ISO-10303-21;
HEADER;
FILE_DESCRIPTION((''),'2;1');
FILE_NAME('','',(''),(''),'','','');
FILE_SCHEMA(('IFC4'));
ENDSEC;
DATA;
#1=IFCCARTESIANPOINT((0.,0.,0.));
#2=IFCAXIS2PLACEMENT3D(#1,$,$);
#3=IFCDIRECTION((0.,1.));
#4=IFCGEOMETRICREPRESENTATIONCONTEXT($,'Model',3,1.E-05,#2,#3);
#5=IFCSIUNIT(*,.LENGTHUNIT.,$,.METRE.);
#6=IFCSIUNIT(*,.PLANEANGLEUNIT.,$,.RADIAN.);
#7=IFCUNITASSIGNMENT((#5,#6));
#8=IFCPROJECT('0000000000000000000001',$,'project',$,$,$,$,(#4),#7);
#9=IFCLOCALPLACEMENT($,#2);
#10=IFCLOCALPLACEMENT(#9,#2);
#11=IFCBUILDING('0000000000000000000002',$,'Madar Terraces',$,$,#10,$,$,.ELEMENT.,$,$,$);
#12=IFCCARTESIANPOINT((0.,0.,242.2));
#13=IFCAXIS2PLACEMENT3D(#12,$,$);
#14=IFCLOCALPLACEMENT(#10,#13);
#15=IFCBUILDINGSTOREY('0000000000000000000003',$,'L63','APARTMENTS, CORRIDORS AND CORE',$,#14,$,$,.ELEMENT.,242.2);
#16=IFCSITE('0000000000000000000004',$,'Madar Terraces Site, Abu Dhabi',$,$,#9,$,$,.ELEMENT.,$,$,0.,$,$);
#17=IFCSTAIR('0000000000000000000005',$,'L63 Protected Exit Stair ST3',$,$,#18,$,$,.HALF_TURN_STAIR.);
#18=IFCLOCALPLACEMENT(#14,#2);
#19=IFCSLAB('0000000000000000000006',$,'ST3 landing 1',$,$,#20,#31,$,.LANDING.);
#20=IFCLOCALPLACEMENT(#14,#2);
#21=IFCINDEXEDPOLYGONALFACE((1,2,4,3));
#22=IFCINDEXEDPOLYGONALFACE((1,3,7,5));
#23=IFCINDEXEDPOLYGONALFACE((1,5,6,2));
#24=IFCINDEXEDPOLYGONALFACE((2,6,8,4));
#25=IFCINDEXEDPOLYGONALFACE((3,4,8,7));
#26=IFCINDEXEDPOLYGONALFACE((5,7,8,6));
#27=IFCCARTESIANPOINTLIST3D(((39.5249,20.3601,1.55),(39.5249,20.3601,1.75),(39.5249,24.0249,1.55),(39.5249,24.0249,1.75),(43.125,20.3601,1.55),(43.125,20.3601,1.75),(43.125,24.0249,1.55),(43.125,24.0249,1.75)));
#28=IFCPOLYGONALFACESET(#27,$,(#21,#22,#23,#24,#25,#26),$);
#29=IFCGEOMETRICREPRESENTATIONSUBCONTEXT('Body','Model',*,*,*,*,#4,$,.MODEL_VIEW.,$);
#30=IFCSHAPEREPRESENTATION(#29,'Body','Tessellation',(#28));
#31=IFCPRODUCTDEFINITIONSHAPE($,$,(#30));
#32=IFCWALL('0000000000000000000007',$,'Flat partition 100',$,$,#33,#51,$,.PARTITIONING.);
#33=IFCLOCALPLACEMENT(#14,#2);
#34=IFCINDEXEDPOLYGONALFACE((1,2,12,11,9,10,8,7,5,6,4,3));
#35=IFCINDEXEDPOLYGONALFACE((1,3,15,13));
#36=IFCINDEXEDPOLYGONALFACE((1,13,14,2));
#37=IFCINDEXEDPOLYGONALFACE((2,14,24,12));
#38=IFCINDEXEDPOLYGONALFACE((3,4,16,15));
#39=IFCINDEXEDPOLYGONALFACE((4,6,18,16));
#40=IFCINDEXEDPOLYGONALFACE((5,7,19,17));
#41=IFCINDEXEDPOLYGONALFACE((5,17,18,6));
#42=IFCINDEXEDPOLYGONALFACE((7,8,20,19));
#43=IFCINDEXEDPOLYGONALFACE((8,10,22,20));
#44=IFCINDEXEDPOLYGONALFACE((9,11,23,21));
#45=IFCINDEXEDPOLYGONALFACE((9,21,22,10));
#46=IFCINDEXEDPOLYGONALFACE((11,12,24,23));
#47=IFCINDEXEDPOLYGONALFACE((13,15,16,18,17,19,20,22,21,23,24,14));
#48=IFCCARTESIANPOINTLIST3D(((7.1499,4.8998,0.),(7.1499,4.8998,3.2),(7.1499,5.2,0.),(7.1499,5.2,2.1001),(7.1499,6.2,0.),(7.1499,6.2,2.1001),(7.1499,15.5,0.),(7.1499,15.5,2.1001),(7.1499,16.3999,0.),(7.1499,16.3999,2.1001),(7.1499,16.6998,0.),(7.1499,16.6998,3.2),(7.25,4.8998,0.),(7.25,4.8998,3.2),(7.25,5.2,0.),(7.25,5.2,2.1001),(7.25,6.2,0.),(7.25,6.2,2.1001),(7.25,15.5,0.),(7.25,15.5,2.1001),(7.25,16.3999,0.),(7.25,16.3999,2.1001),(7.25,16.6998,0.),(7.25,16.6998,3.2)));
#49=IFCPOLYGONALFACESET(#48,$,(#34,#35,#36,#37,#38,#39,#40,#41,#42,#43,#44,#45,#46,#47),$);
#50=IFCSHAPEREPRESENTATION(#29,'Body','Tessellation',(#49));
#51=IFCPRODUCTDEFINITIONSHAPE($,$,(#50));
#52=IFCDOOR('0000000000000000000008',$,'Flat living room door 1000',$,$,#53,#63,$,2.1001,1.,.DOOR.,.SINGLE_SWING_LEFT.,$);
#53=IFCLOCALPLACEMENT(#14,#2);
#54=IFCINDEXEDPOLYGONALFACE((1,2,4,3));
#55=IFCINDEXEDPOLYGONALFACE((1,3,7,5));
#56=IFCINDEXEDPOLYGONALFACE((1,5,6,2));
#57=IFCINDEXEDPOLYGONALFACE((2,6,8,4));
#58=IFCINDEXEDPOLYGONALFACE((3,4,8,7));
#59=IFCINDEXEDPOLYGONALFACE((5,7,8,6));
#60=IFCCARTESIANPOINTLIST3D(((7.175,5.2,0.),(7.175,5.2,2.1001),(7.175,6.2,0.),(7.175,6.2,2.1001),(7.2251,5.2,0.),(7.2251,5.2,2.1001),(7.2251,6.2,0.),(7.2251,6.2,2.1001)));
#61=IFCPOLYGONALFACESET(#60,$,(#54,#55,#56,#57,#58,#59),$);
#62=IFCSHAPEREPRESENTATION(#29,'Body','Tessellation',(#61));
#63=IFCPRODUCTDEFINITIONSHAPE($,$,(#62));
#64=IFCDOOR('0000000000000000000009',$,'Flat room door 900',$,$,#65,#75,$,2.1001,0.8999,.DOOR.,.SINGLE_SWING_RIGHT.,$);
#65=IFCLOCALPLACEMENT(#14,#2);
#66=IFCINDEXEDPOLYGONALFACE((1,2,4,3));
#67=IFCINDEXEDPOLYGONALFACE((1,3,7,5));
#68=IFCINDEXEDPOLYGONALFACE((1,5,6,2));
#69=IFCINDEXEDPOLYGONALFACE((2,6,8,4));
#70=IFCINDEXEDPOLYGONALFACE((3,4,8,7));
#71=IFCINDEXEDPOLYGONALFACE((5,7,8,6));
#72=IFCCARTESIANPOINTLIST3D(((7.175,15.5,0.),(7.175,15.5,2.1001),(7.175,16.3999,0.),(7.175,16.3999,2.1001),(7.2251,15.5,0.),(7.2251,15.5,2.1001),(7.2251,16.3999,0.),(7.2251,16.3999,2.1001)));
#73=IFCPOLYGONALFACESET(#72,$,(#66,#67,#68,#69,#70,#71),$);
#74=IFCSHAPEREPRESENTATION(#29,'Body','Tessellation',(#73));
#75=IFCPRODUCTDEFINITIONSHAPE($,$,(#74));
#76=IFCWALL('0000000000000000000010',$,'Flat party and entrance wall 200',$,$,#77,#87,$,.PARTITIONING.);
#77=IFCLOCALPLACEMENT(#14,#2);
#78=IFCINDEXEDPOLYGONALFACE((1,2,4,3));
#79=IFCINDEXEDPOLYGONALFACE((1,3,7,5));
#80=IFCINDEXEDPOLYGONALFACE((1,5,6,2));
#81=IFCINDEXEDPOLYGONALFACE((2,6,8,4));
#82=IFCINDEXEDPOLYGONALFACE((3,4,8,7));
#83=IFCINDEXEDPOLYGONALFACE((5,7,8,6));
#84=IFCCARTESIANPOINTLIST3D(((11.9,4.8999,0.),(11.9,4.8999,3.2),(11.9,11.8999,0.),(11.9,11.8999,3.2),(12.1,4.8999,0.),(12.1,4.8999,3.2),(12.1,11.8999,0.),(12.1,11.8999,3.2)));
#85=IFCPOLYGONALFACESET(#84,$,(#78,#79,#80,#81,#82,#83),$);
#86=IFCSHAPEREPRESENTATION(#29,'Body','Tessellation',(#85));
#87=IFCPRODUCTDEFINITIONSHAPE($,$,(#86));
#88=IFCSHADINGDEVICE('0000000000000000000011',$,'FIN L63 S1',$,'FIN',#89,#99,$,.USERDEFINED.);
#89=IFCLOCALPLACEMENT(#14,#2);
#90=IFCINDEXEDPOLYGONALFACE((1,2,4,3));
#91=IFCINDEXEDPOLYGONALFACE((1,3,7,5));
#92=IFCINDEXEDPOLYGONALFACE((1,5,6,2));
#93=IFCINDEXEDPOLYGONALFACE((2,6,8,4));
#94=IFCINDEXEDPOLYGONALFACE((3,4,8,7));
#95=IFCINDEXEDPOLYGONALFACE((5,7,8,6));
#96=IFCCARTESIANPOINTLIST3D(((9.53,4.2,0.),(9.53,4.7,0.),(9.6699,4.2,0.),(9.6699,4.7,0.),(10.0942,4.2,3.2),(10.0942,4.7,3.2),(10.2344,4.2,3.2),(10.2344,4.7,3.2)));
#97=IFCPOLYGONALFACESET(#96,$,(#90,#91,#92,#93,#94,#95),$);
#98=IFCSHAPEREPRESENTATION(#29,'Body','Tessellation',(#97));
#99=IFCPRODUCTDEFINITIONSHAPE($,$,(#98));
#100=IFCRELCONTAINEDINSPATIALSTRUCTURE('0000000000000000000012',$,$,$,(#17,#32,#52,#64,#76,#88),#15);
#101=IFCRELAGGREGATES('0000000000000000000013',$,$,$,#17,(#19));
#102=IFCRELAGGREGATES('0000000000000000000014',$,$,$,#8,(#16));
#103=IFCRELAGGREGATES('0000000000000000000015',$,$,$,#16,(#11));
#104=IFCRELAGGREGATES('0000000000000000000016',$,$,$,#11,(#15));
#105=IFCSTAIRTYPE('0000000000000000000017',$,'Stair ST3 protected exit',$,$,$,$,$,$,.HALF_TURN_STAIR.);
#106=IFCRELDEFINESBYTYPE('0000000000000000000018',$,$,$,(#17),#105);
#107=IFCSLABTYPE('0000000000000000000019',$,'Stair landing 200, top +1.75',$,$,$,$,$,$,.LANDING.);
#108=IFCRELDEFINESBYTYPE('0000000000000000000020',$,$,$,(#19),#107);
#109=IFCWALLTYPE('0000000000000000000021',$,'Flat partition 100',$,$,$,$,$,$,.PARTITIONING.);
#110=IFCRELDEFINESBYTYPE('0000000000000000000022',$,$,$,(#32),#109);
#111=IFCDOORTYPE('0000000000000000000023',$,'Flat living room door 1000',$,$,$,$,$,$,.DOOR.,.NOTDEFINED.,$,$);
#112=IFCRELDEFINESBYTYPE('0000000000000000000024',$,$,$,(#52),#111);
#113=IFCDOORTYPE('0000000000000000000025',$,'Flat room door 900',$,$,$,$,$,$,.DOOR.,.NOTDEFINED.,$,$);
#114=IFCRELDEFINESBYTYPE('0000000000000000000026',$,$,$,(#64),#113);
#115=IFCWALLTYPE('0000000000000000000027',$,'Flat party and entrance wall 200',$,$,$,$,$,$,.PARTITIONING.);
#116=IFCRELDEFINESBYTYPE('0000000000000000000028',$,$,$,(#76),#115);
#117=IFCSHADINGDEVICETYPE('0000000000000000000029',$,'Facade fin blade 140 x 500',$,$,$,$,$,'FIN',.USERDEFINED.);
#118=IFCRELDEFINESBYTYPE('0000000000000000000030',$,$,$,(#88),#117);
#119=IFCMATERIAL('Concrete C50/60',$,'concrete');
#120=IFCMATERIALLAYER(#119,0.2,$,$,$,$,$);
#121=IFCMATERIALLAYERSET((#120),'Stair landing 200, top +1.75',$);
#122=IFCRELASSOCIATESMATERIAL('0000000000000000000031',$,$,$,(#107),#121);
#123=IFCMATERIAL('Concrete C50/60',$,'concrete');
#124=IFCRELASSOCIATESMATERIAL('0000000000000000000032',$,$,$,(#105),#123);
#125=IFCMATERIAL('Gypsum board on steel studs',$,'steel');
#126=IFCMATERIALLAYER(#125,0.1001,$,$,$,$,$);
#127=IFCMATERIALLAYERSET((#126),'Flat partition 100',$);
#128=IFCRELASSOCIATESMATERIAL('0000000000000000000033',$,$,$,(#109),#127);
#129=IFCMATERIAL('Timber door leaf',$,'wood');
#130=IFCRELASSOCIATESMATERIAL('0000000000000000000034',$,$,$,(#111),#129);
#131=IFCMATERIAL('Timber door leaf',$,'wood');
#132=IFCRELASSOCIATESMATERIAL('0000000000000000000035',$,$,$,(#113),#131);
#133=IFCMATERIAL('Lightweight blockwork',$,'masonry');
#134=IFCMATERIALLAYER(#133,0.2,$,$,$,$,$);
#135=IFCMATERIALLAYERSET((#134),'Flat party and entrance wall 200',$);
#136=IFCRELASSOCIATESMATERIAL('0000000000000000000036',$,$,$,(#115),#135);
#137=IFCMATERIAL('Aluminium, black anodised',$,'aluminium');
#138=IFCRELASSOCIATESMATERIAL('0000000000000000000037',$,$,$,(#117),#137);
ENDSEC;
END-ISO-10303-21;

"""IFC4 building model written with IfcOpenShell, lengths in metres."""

from ifc_helpers import new_model, si_unit, direction, frame, frame_2d, origin, place, context, subcontext, project, spatial, polyline, rectangle, outline, extrude, material, layer, layer_set, type_object, element, fill, aggregate, save


model = new_model("IFC4")

# Units and contexts
model_context = context("Model", 3, precision=1e-05, world=origin(), true_north=direction((0.0, 1.0)))
body_context = subcontext(model_context, "Body", "Model", "MODEL_VIEW")
ifc_project = project(units=[si_unit("LENGTHUNIT", "METRE"), si_unit("PLANEANGLEUNIT", "RADIAN")], contexts=[model_context])

# Site, building, storey
site_placement = place(None, origin())
site = spatial("IfcSite", under=ifc_project, at=site_placement, Name="Madar Terraces Site, Abu Dhabi", CompositionType="ELEMENT", RefElevation=0.0)
building_placement = place(site_placement, origin())
building = spatial("IfcBuilding", under=site, at=building_placement, Name="Madar Terraces", CompositionType="ELEMENT")
storey_placement = place(building_placement, frame((0.0, 0.0, 242.2)))
storey = spatial("IfcBuildingStorey", under=building, at=storey_placement, Name="L63", Description="APARTMENTS, CORRIDORS AND CORE", CompositionType="ELEMENT", Elevation=242.2)

# Stair, slab
ifc_material_1 = material(Name="Concrete C50/60", Category="concrete")
ifc_layer_1 = layer(ifc_material_1, 0.2)
ifc_layer_set_1 = layer_set([ifc_layer_1], Name="Stair landing 200, top +1.75")
slab_type_1 = type_object("IfcSlabType", Name="Stair landing 200, top +1.75", PredefinedType="LANDING", material=ifc_layer_set_1)
ifc_material_2 = material(Name="Concrete C50/60", Category="concrete")
stair_type_1 = type_object("IfcStairType", Name="Stair ST3 protected exit", PredefinedType="HALF_TURN_STAIR", material=ifc_material_2)
stair_1_placement = place(storey_placement, origin())
stair_1 = element("IfcStair", 1, at=stair_1_placement, inside=storey, type_object=stair_type_1, Name="L63 Protected Exit Stair ST3", PredefinedType="HALF_TURN_STAIR")
slab_1_placement = place(storey_placement, frame((0.0, 0.0, 1.55)))
slab_1 = element("IfcSlab", 2, at=slab_1_placement, type_object=slab_type_1, Name="ST3 landing 1", PredefinedType="LANDING", context=body_context, shape_type="SweptSolid", body=[
    extrude(outline(polyline([(39.5249, 20.3601), (43.125, 20.3601), (43.125, 24.0249), (39.5249, 24.0249), (39.5249, 20.3601)])), origin(), (0.0, 0.0, 1.0), 0.2),
])
aggregate(stair_1, [slab_1])

# Wall, openings, doors
ifc_material_3 = material(Name="Gypsum board on steel studs", Category="steel")
ifc_layer_2 = layer(ifc_material_3, 0.1001)
ifc_layer_set_2 = layer_set([ifc_layer_2], Name="Flat partition 100")
wall_type_1 = type_object("IfcWallType", Name="Flat partition 100", PredefinedType="PARTITIONING", material=ifc_layer_set_2)
wall_1_placement = place(storey_placement, frame((7.2, 4.8999, 0.0), z_axis=(0.0, 0.0, 1.0), x_axis=(0.0, 1.0, 0.0)))
wall_1 = element("IfcWall", 3, at=wall_1_placement, inside=storey, type_object=wall_type_1, Name="Flat partition 100", PredefinedType="PARTITIONING", context=body_context, shape_type="SweptSolid", body=[
    extrude(rectangle(XDim=11.8, YDim=0.1001, at=frame_2d((5.8999, 0.0))), origin(), (0.0, 0.0, 1.0), 3.2),
])
opening_1_placement = place(wall_1_placement, frame((10.6001, 0.0, 0.0)))
opening_1 = element("IfcOpeningElement", 4, at=opening_1_placement, cuts=wall_1, PredefinedType="OPENING", context=body_context, shape_type="SweptSolid", body=[
    extrude(rectangle(XDim=0.8999, YDim=2.1001, at=frame_2d((0.45, 1.05))), frame((0.0, 0.0601, 0.0), z_axis=(0.0, -1.0, 0.0), x_axis=(1.0, 0.0, 0.0)), (0.0, 0.0, 1.0), 0.1201),
])
opening_2_placement = place(wall_1_placement, frame((0.3, 0.0, 0.0)))
opening_2 = element("IfcOpeningElement", 5, at=opening_2_placement, cuts=wall_1, PredefinedType="OPENING", context=body_context, shape_type="SweptSolid", body=[
    extrude(rectangle(XDim=1.0, YDim=2.1001, at=frame_2d((0.5, 1.05))), frame((0.0, 0.0601, 0.0), z_axis=(0.0, -1.0, 0.0), x_axis=(1.0, 0.0, 0.0)), (0.0, 0.0, 1.0), 0.1201),
])
ifc_material_4 = material(Name="Timber door leaf", Category="wood")
door_type_1 = type_object("IfcDoorType", Name="Flat living room door 1000", OperationType="NOTDEFINED", PredefinedType="DOOR", material=ifc_material_4)
door_1_placement = place(opening_2_placement, origin())
door_1 = element("IfcDoor", 6, at=door_1_placement, inside=storey, type_object=door_type_1, Name="Flat living room door 1000", OperationType="SINGLE_SWING_LEFT", OverallHeight=2.1001, OverallWidth=1.0, PredefinedType="DOOR", context=body_context, shape_type="SweptSolid", body=[
    extrude(rectangle(XDim=1.0, YDim=2.1001, at=frame_2d((0.5, 1.05))), frame((0.0, 0.0249, 0.0), z_axis=(0.0, -1.0, 0.0), x_axis=(1.0, 0.0, 0.0)), (0.0, 0.0, 1.0), 0.05),
])
fill(opening_2, door_1)
ifc_material_5 = material(Name="Timber door leaf", Category="wood")
door_type_2 = type_object("IfcDoorType", Name="Flat room door 900", OperationType="NOTDEFINED", PredefinedType="DOOR", material=ifc_material_5)
door_2_placement = place(opening_1_placement, origin())
door_2 = element("IfcDoor", 7, at=door_2_placement, inside=storey, type_object=door_type_2, Name="Flat room door 900", OperationType="SINGLE_SWING_RIGHT", OverallHeight=2.1001, OverallWidth=0.8999, PredefinedType="DOOR", context=body_context, shape_type="SweptSolid", body=[
    extrude(rectangle(XDim=0.8999, YDim=2.1001, at=frame_2d((0.45, 1.05))), frame((0.0, 0.0249, 0.0), z_axis=(0.0, -1.0, 0.0), x_axis=(1.0, 0.0, 0.0)), (0.0, 0.0, 1.0), 0.05),
])
fill(opening_1, door_2)

# Wall
ifc_material_6 = material(Name="Lightweight blockwork", Category="masonry")
ifc_layer_3 = layer(ifc_material_6, 0.2)
ifc_layer_set_3 = layer_set([ifc_layer_3], Name="Flat party and entrance wall 200")
wall_type_2 = type_object("IfcWallType", Name="Flat party and entrance wall 200", PredefinedType="PARTITIONING", material=ifc_layer_set_3)
wall_2_placement = place(storey_placement, frame((12.0, 4.8999, 0.0), z_axis=(0.0, 0.0, 1.0), x_axis=(0.0, 1.0, 0.0)))
element("IfcWall", 8, at=wall_2_placement, inside=storey, type_object=wall_type_2, Name="Flat party and entrance wall 200", PredefinedType="PARTITIONING", context=body_context, shape_type="SweptSolid", body=[
    extrude(rectangle(XDim=7.0, YDim=0.2, at=frame_2d((3.5, 0.0))), origin(), (0.0, 0.0, 1.0), 3.2),
])

# Shading device
ifc_material_7 = material(Name="Aluminium, black anodised", Category="aluminium")
shading_device_type = type_object("IfcShadingDeviceType", Name="Facade fin blade 140 x 500", ElementType="FIN", PredefinedType="USERDEFINED", material=ifc_material_7)
shading_device_placement = place(storey_placement, frame((9.53, 4.45, 0.0), z_axis=(0.0, 0.0, 1.0), x_axis=(1.0, 0.0, 0.0)))
element("IfcShadingDevice", 9, at=shading_device_placement, inside=storey, type_object=shading_device_type, Name="FIN L63 S1", ObjectType="FIN", PredefinedType="USERDEFINED", context=body_context, shape_type="SweptSolid", body=[
    extrude(outline(polyline([(0.0, 0.0), (0.1399, 0.0), (0.7043, 3.2), (0.5642, 3.2), (0.0, 0.0)])), frame((0.0, 0.25, 0.0), z_axis=(0.0, -1.0, 0.0), x_axis=(1.0, 0.0, 0.0)), (0.0, 0.0, 1.0), 0.5),
])

save(model, "model.ifc")
